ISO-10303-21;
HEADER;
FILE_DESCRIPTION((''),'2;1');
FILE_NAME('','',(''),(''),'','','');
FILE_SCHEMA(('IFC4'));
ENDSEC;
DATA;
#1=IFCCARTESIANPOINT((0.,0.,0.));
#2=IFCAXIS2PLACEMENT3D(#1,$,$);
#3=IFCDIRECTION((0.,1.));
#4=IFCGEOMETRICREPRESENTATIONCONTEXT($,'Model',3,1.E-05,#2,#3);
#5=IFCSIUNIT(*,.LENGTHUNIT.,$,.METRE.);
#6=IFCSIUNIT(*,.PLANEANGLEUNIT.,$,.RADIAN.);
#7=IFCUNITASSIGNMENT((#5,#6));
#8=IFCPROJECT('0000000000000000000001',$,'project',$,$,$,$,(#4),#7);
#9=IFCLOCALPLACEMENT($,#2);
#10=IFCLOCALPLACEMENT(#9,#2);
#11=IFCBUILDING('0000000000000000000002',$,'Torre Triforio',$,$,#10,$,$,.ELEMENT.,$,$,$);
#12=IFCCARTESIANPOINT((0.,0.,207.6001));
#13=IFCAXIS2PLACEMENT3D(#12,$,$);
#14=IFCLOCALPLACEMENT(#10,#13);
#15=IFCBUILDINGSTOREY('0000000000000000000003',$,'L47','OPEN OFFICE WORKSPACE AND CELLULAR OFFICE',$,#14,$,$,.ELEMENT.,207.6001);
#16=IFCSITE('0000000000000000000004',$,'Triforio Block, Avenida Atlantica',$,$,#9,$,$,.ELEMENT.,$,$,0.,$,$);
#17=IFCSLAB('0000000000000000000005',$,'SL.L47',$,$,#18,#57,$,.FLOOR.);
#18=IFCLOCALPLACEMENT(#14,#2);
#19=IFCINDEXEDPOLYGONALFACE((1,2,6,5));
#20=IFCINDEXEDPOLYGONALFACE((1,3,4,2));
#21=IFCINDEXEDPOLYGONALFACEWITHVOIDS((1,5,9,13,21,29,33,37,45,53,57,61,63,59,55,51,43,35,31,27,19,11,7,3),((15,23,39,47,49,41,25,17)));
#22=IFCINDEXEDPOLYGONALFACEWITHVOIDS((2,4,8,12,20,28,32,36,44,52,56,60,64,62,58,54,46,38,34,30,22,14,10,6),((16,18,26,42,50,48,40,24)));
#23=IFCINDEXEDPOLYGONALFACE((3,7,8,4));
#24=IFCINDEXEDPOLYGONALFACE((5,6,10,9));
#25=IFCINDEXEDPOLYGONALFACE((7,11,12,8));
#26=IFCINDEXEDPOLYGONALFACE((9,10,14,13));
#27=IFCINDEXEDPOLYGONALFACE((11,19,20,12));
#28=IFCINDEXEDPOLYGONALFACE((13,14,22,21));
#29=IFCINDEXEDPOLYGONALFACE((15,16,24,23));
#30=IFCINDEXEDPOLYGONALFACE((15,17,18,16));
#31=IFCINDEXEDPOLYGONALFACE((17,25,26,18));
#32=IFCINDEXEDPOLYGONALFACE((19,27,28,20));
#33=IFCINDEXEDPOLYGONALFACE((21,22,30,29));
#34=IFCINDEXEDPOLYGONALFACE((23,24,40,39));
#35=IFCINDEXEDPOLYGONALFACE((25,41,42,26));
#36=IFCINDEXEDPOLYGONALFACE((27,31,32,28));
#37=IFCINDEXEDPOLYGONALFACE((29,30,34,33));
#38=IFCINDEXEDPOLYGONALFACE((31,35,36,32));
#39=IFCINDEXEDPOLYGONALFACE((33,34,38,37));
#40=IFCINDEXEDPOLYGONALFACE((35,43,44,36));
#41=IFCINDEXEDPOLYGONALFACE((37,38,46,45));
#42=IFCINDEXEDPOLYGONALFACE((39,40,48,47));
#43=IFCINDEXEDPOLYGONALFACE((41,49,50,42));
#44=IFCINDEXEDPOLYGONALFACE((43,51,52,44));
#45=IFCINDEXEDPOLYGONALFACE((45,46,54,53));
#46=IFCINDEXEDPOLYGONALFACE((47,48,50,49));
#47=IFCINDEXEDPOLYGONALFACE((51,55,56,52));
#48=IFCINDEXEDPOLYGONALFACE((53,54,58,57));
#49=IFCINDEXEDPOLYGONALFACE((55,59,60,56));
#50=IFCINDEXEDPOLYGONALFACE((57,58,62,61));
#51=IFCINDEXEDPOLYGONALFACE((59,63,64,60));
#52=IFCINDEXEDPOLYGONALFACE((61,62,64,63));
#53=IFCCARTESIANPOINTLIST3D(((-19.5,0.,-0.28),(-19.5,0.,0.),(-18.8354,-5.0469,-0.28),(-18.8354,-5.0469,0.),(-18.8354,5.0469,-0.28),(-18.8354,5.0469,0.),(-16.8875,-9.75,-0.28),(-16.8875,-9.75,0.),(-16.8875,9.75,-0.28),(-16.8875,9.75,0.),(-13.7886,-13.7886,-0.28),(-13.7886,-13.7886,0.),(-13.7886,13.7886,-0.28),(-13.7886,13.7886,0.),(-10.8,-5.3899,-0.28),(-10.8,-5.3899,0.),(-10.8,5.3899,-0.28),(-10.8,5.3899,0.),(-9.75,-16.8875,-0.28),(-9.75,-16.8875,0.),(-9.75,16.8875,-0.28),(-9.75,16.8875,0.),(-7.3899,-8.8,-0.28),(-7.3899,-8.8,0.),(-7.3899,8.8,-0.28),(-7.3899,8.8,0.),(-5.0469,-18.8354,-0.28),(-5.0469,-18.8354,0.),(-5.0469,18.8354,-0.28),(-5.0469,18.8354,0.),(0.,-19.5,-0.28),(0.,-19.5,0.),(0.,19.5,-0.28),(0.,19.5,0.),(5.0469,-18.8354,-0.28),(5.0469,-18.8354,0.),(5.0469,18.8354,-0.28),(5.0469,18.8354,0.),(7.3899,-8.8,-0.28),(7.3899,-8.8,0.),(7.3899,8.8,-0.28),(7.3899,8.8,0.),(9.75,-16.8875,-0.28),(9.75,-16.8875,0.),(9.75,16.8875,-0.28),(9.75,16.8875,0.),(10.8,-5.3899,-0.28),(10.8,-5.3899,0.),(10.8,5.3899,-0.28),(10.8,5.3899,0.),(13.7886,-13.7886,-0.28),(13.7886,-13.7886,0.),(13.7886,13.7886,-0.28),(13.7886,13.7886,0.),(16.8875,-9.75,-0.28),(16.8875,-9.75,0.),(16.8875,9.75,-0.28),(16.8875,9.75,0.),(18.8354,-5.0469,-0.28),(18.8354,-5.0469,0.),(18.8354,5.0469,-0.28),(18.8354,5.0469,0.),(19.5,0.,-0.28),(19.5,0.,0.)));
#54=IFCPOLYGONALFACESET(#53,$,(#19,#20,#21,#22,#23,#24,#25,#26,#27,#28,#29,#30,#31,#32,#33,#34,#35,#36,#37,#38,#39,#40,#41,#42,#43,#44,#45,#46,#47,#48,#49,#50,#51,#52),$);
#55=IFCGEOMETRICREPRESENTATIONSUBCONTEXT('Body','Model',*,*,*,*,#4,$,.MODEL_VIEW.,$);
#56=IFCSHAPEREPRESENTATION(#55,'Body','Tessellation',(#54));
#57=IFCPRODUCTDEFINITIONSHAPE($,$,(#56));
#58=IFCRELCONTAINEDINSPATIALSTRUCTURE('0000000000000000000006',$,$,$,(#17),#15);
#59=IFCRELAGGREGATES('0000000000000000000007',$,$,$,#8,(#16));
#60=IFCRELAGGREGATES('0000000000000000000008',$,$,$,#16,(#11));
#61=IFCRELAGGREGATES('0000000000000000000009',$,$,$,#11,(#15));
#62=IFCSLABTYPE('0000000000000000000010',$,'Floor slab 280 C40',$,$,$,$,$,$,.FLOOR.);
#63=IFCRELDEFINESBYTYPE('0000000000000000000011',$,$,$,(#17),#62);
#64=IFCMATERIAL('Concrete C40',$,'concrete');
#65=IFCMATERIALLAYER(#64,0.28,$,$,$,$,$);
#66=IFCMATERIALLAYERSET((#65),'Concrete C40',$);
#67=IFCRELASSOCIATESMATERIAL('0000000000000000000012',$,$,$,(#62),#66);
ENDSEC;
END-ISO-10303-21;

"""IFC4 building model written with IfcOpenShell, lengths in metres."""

from ifc_helpers import new_model, si_unit, direction, frame, origin, place, context, subcontext, project, spatial, polyline, outline, extrude, material, layer, layer_set, type_object, element, save


model = new_model("IFC4")

# Units and contexts
model_context = context("Model", 3, precision=1e-05, world=origin(), true_north=direction((0.0, 1.0)))
body_context = subcontext(model_context, "Body", "Model", "MODEL_VIEW")
ifc_project = project(units=[si_unit("LENGTHUNIT", "METRE"), si_unit("PLANEANGLEUNIT", "RADIAN")], contexts=[model_context])

# Site, building, storey
site_placement = place(None, origin())
site = spatial("IfcSite", under=ifc_project, at=site_placement, Name="Triforio Block, Avenida Atlantica", CompositionType="ELEMENT", RefElevation=0.0)
building_placement = place(site_placement, origin())
building = spatial("IfcBuilding", under=site, at=building_placement, Name="Torre Triforio", CompositionType="ELEMENT")
storey_placement = place(building_placement, frame((0.0, 0.0, 207.6001)))
storey = spatial("IfcBuildingStorey", under=building, at=storey_placement, Name="L47", Description="OPEN OFFICE WORKSPACE AND CELLULAR OFFICE", CompositionType="ELEMENT", Elevation=207.6001)

# Slab
ifc_material_1 = material(Name="Concrete C40", Category="concrete")
ifc_layer_1 = layer(ifc_material_1, 0.28)
ifc_layer_set_1 = layer_set([ifc_layer_1], Name="Concrete C40")
slab_type_1 = type_object("IfcSlabType", Name="Floor slab 280 C40", PredefinedType="FLOOR", material=ifc_layer_set_1)
slab_1_placement = place(storey_placement, frame((0.0, 0.0, -0.28)))
element("IfcSlab", 1, at=slab_1_placement, inside=storey, type_object=slab_type_1, Name="SL.L47", PredefinedType="FLOOR", context=body_context, shape_type="SweptSolid", body=[
    extrude(outline(polyline([(16.8875, -9.75), (18.8354, -5.0469), (19.5, 0.0), (18.8354, 5.0469), (16.8875, 9.75), (13.7886, 13.7886), (9.75, 16.8875), (5.0469, 18.8354), (0.0, 19.5), (-5.0469, 18.8354), (-9.75, 16.8875), (-13.7886, 13.7886), (-16.8875, 9.75), (-18.8354, 5.0469), (-19.5, 0.0), (-18.8354, -5.0469), (-16.8875, -9.75), (-13.7886, -13.7886), (-9.75, -16.8875), (-5.0469, -18.8354), (0.0, -19.5), (5.0469, -18.8354), (9.75, -16.8875), (13.7886, -13.7886), (16.8875, -9.75)]), holes=[polyline([(10.8, 5.3899), (10.8, -5.3899), (7.3899, -8.8), (-7.3899, -8.8), (-10.8, -5.3899), (-10.8, 5.3899), (-7.3899, 8.8), (7.3899, 8.8), (10.8, 5.3899)])]), origin(), (0.0, 0.0, 1.0), 0.28),
])

save(model, "model.ifc")
